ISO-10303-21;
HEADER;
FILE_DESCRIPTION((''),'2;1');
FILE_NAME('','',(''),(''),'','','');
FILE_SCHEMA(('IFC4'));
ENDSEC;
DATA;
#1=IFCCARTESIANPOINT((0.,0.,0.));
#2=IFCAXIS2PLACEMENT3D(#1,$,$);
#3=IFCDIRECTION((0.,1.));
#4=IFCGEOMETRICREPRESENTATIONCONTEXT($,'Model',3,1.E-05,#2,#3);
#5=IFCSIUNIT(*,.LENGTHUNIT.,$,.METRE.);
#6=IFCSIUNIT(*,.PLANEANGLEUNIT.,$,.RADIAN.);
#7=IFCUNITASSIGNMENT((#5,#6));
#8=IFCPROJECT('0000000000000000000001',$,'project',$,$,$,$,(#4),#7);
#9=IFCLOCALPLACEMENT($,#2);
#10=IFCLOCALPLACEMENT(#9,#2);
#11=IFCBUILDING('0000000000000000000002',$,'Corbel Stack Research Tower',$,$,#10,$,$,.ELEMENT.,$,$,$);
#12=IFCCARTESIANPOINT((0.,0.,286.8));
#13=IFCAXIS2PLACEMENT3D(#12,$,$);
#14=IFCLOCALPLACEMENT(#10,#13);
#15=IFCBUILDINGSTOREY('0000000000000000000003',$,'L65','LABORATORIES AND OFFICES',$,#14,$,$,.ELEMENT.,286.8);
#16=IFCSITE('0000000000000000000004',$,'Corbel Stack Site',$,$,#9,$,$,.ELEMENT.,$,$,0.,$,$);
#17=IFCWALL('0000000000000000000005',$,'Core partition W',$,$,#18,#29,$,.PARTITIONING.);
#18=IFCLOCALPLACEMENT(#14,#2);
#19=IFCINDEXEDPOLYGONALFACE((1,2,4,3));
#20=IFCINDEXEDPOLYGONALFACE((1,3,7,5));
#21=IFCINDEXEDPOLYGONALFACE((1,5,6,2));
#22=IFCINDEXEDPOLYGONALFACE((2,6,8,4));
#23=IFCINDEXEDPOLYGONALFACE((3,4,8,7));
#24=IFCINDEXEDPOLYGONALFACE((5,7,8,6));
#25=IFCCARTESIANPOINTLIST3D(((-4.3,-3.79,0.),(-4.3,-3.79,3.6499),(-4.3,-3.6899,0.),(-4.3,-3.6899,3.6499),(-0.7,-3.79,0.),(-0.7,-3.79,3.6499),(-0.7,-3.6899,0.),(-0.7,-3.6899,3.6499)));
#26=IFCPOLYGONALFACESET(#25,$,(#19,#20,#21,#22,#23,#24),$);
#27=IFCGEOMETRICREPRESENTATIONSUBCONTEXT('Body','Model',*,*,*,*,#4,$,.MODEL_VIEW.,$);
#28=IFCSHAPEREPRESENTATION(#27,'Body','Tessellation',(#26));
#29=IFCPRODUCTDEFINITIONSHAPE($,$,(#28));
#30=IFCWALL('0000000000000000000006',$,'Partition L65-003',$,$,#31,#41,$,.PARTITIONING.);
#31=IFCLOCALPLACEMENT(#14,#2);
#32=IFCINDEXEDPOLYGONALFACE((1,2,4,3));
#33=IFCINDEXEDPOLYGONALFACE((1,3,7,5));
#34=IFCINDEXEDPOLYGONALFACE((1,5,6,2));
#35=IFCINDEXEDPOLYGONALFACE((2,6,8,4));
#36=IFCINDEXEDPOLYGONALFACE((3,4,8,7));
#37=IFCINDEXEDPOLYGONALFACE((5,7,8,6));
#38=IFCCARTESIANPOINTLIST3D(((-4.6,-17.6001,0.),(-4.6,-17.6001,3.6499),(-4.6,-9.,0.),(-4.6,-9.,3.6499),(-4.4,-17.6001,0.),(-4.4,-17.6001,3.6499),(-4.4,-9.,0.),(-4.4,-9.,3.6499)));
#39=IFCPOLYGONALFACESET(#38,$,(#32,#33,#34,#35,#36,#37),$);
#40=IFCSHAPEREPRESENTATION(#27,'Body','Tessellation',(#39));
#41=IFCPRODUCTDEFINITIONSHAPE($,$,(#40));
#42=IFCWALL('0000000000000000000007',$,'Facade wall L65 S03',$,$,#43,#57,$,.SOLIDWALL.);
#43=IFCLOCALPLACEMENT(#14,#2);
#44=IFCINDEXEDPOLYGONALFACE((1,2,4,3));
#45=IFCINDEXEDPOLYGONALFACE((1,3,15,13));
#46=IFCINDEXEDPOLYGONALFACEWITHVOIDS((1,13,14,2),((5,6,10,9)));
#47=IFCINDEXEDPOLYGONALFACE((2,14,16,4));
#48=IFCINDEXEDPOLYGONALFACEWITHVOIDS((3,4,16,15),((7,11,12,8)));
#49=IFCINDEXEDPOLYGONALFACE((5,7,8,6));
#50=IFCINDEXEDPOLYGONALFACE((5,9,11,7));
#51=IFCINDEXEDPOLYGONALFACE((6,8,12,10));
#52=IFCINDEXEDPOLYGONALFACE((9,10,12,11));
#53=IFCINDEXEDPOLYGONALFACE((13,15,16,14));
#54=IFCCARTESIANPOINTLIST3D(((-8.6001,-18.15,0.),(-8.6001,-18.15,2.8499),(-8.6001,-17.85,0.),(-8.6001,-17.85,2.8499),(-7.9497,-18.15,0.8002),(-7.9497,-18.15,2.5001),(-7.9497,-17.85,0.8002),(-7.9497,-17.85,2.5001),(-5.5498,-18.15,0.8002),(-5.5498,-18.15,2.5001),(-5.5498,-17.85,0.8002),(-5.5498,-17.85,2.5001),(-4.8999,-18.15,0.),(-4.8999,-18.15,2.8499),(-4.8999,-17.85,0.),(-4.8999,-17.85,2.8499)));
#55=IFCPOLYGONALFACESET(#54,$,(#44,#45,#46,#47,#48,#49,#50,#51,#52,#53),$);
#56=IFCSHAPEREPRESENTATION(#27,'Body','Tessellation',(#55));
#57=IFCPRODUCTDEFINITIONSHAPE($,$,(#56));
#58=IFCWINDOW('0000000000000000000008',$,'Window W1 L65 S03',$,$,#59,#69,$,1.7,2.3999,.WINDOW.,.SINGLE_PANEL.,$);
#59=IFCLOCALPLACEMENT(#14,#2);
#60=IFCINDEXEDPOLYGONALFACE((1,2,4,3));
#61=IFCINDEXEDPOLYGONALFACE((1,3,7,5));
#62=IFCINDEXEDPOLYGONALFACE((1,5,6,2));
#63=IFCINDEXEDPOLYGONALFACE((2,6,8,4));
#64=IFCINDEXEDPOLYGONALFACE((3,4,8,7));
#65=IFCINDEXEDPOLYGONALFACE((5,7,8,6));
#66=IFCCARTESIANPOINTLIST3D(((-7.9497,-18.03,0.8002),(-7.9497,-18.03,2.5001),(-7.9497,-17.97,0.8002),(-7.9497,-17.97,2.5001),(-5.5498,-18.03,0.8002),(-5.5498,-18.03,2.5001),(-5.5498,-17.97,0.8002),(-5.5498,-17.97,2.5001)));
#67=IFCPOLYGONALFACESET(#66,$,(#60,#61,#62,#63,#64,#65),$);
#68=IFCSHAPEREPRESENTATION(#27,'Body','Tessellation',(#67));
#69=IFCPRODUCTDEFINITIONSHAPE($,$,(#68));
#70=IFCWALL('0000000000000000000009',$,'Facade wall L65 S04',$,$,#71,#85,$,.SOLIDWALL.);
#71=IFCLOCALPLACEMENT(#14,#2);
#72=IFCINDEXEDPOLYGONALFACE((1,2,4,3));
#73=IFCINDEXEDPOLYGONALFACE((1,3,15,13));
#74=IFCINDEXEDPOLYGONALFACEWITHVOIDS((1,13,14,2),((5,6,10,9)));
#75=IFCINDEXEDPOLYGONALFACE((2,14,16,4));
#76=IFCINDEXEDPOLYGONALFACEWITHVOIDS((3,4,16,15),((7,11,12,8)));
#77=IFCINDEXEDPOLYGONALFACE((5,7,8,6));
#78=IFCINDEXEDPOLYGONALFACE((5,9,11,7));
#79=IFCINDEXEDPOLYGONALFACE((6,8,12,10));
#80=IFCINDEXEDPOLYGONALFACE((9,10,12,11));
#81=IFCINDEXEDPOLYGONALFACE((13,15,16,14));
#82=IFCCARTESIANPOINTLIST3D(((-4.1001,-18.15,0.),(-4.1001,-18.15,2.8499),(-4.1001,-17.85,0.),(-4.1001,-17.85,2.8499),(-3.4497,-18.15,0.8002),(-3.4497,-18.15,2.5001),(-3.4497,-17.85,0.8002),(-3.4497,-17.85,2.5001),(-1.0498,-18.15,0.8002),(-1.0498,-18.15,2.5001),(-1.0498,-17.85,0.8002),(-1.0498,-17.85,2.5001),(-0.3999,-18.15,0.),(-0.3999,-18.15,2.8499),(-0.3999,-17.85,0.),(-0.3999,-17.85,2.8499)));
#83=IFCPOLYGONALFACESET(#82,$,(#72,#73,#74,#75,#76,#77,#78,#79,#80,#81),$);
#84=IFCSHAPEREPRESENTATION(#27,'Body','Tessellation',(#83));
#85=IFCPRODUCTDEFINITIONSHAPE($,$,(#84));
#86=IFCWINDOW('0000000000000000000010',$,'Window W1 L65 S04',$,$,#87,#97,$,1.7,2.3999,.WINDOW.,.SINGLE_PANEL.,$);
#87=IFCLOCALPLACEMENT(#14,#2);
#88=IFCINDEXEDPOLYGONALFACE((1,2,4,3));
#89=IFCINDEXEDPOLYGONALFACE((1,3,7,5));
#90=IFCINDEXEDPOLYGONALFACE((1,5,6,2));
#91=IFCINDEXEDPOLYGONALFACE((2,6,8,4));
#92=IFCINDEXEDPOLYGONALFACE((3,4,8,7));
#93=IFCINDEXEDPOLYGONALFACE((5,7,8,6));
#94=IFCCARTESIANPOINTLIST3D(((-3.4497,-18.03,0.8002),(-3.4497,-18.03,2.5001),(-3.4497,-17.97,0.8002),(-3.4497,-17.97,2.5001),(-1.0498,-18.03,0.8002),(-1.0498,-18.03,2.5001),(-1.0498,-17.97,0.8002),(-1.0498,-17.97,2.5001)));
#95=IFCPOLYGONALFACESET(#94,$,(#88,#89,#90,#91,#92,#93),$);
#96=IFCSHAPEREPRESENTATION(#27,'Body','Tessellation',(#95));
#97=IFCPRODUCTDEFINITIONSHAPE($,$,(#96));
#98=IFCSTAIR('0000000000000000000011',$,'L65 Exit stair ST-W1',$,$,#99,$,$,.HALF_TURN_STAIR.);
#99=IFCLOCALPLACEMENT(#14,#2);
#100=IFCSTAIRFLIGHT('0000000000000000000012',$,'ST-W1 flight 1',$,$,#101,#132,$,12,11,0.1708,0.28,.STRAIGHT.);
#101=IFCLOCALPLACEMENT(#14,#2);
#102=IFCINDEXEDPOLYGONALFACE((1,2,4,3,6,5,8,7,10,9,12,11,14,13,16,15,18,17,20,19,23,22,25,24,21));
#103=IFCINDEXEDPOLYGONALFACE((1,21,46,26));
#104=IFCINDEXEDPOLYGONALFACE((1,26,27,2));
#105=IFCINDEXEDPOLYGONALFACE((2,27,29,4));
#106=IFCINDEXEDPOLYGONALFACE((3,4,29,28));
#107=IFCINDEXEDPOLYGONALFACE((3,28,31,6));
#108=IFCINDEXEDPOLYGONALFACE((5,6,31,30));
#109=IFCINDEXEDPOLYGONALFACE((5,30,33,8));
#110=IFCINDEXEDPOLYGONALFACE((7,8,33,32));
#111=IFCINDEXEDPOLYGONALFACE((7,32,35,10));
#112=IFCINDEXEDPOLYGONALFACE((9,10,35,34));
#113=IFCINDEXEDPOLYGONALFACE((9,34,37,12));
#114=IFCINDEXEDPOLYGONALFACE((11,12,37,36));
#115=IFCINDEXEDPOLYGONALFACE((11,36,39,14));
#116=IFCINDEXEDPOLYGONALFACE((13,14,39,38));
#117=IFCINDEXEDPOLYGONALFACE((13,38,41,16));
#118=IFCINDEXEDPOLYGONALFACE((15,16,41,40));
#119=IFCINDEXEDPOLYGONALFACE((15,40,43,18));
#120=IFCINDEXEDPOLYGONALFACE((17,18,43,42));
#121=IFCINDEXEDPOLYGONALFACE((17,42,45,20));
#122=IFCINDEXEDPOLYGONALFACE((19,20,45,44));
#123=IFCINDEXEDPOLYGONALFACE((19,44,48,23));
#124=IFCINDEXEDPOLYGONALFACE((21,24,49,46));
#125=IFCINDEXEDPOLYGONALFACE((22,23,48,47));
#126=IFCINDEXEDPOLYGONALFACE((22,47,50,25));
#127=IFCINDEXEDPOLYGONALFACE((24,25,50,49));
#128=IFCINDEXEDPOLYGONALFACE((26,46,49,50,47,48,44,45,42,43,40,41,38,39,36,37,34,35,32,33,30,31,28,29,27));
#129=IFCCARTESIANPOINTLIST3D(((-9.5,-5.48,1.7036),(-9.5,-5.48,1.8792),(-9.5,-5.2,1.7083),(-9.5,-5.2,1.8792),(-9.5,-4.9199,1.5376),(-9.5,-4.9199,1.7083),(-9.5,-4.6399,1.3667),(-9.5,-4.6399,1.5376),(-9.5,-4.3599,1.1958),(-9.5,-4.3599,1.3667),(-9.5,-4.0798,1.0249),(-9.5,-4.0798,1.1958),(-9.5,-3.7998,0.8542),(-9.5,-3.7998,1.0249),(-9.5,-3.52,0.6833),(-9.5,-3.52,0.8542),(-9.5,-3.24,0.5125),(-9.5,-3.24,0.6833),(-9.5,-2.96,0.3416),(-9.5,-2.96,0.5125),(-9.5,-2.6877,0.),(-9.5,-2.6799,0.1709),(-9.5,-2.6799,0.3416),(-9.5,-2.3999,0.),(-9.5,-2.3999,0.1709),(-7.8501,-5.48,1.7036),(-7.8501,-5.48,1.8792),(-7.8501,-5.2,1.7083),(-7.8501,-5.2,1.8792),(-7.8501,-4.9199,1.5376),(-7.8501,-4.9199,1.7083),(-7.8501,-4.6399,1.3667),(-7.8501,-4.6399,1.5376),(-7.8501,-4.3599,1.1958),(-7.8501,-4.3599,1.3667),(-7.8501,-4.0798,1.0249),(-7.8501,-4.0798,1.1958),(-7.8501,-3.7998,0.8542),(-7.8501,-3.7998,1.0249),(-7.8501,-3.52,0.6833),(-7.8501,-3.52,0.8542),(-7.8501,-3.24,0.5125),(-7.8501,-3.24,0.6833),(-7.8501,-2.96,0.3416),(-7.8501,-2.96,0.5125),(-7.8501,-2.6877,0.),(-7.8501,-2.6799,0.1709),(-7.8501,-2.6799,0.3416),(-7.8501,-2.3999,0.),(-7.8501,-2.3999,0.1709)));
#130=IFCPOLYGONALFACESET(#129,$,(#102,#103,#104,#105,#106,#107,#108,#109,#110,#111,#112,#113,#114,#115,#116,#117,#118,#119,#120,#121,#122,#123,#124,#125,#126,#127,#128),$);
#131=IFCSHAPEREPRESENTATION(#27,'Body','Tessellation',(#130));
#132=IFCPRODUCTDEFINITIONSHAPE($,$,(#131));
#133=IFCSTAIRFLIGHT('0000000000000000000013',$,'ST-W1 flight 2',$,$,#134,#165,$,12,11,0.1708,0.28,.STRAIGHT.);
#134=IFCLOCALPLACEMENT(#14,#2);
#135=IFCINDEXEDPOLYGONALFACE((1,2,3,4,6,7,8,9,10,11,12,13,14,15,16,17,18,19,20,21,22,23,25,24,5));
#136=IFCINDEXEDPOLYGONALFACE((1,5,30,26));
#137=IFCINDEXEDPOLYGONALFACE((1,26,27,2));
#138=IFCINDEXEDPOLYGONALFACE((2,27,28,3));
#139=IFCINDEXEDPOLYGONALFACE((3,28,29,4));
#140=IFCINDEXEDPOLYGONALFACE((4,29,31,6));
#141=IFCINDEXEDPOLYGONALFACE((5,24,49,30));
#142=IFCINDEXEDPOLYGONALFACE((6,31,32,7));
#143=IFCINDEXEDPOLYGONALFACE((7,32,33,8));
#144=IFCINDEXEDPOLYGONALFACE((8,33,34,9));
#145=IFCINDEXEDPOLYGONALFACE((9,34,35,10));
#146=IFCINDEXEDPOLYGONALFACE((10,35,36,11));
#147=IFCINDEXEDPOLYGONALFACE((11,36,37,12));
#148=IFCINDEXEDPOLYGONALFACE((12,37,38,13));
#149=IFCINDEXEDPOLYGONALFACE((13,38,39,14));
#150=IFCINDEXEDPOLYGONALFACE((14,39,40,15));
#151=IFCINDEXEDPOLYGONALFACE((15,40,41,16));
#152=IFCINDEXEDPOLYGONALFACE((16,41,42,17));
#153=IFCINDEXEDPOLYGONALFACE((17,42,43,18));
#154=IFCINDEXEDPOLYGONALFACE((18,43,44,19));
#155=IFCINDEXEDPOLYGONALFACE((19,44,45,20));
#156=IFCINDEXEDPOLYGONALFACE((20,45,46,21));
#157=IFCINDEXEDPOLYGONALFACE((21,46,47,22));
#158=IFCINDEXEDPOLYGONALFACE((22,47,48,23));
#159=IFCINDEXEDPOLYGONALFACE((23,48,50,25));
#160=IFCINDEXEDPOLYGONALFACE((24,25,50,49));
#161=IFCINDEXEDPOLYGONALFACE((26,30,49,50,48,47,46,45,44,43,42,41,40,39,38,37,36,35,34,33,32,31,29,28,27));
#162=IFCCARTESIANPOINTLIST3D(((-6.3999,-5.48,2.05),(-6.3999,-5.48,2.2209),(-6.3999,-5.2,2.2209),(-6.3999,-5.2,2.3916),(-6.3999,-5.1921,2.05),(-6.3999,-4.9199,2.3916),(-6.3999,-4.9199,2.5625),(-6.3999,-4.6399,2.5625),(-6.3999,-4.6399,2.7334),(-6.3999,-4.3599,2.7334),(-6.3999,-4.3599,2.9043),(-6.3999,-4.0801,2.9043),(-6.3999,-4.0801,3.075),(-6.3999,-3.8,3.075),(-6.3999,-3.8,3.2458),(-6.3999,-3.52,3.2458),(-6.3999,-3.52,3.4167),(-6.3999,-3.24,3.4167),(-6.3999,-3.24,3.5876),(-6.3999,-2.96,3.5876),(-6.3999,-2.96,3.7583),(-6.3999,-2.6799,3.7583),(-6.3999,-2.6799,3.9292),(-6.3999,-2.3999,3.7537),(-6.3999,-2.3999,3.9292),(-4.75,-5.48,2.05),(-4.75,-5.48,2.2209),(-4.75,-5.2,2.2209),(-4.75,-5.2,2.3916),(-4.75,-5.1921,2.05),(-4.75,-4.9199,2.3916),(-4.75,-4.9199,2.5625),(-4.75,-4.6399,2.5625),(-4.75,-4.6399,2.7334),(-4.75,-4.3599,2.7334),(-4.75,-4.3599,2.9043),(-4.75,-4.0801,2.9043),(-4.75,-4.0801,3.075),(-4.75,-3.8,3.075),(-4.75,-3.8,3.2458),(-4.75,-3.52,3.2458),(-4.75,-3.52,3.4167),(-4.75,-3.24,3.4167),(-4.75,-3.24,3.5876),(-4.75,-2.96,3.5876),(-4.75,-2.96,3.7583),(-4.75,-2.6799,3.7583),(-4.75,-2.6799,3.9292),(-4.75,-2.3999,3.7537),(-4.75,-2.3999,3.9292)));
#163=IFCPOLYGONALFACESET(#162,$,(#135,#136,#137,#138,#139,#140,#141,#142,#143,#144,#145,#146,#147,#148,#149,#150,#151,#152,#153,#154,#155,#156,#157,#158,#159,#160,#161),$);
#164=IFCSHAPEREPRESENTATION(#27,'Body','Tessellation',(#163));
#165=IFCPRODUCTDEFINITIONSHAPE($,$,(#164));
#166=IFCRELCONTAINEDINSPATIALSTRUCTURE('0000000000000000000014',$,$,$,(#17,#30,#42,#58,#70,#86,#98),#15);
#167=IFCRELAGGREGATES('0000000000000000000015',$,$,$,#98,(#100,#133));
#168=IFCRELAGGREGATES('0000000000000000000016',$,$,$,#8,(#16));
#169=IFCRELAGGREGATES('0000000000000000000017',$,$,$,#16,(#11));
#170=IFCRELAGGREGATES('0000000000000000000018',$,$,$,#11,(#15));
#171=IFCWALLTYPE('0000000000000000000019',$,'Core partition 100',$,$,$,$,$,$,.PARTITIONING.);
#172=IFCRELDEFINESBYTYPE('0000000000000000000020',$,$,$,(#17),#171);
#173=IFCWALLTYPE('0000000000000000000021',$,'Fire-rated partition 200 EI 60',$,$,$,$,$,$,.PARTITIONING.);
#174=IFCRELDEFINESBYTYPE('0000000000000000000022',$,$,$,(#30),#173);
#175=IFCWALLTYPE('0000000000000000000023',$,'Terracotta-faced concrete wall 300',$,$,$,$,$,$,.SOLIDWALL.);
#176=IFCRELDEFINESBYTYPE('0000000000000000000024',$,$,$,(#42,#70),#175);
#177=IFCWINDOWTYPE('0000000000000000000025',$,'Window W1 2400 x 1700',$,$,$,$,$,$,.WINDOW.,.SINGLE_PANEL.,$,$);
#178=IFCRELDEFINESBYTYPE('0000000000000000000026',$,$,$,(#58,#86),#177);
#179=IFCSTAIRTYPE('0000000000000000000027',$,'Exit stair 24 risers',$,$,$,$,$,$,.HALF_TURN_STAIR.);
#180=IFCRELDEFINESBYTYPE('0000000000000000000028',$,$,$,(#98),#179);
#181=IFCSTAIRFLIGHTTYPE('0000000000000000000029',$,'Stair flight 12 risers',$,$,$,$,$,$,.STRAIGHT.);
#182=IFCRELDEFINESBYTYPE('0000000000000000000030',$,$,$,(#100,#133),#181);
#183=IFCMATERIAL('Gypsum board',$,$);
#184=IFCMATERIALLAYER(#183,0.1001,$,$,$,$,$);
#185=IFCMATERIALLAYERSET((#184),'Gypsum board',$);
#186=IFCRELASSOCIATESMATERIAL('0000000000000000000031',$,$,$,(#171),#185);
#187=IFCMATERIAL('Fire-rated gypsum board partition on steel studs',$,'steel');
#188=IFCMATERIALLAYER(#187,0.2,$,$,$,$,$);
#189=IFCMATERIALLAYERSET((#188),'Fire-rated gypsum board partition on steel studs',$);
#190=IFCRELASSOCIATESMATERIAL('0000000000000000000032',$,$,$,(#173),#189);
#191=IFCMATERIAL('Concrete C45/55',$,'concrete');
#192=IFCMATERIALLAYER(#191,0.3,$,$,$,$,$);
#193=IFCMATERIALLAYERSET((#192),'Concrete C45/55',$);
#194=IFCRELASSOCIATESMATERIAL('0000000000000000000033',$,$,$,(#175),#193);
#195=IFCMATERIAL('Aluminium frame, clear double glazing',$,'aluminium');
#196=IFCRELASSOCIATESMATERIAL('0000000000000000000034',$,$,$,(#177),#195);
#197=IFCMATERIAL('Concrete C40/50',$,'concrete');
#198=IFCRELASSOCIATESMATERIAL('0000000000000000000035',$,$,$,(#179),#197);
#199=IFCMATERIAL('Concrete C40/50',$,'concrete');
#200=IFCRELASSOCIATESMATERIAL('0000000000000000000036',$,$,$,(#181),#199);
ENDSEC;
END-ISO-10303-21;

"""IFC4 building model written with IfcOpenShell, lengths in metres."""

from ifc_helpers import new_model, si_unit, direction, frame, frame_2d, origin, place, context, subcontext, project, spatial, polyline, rectangle, outline, extrude, material, layer, layer_set, type_object, element, fill, aggregate, save


model = new_model("IFC4")

# Units and contexts
model_context = context("Model", 3, precision=1e-05, world=origin(), true_north=direction((0.0, 1.0)))
body_context = subcontext(model_context, "Body", "Model", "MODEL_VIEW")
ifc_project = project(units=[si_unit("LENGTHUNIT", "METRE"), si_unit("PLANEANGLEUNIT", "RADIAN")], contexts=[model_context])

# Site, building, storey
site_placement = place(None, origin())
site = spatial("IfcSite", under=ifc_project, at=site_placement, Name="Corbel Stack Site", CompositionType="ELEMENT", RefElevation=0.0)
building_placement = place(site_placement, origin())
building = spatial("IfcBuilding", under=site, at=building_placement, Name="Corbel Stack Research Tower", CompositionType="ELEMENT")
storey_placement = place(building_placement, frame((0.0, 0.0, 286.8)))
storey = spatial("IfcBuildingStorey", under=building, at=storey_placement, Name="L65", Description="LABORATORIES AND OFFICES", CompositionType="ELEMENT", Elevation=286.8)

# Shared definitions
ifc_material_1 = material(Name="Gypsum board")
ifc_layer_1 = layer(ifc_material_1, 0.1001)
ifc_layer_set_1 = layer_set([ifc_layer_1], Name="Gypsum board")
wall_type_1 = type_object("IfcWallType", Name="Core partition 100", PredefinedType="PARTITIONING", material=ifc_layer_set_1)

# Walls
for number, where, z_axis, x_axis, name in (
    (1, (-4.3, -3.74, 0.0), (0.0, 0.0, 1.0), (1.0, 0.0, 0.0), "Core partition W"),
):
    element("IfcWall", number, at=place(storey_placement, frame(where, z_axis=z_axis, x_axis=x_axis)), inside=storey, type_object=wall_type_1, Name=name, PredefinedType="PARTITIONING", context=body_context, shape_type="SweptSolid", body=[
        extrude(rectangle(XDim=3.6001, YDim=0.1001, at=frame_2d((1.8, 0.0))), origin(), (0.0, 0.0, 1.0), 3.6499),
    ])
ifc_material_2 = material(Name="Fire-rated gypsum board partition on steel studs", Category="steel")
ifc_layer_2 = layer(ifc_material_2, 0.2)
ifc_layer_set_2 = layer_set([ifc_layer_2], Name="Fire-rated gypsum board partition on steel studs")
wall_type_2 = type_object("IfcWallType", Name="Fire-rated partition 200 EI 60", PredefinedType="PARTITIONING", material=ifc_layer_set_2)
wall_1_placement = place(storey_placement, frame((-4.5, -17.6001, 0.0), z_axis=(0.0, 0.0, 1.0), x_axis=(0.0, 1.0, 0.0)))
element("IfcWall", 2, at=wall_1_placement, inside=storey, type_object=wall_type_2, Name="Partition L65-003", PredefinedType="PARTITIONING", context=body_context, shape_type="SweptSolid", body=[
    extrude(rectangle(XDim=8.6001, YDim=0.2, at=frame_2d((4.3, 0.0))), origin(), (0.0, 0.0, 1.0), 3.6499),
])

# Walls, openings, windows
ifc_material_3 = material(Name="Concrete C45/55", Category="concrete")
ifc_layer_3 = layer(ifc_material_3, 0.3)
ifc_layer_set_3 = layer_set([ifc_layer_3], Name="Concrete C45/55")
wall_type_3 = type_object("IfcWallType", Name="Terracotta-faced concrete wall 300", PredefinedType="SOLIDWALL", material=ifc_layer_set_3)
wall_2_placement = place(storey_placement, frame((-4.8999, -18.0, 0.0), z_axis=(0.0, 0.0, 1.0), x_axis=(-1.0, 0.0, 0.0)))
wall_2 = element("IfcWall", 3, at=wall_2_placement, inside=storey, type_object=wall_type_3, Name="Facade wall L65 S03", PredefinedType="SOLIDWALL", context=body_context, shape_type="SweptSolid", body=[
    extrude(rectangle(XDim=3.7002, YDim=0.3, at=frame_2d((1.8501, 0.0))), origin(), (0.0, 0.0, 1.0), 2.8499),
])
opening_1_placement = place(wall_2_placement, frame((0.6499, 0.0, 0.8)))
opening_1 = element("IfcOpeningElement", 4, at=opening_1_placement, cuts=wall_2, PredefinedType="OPENING", context=body_context, shape_type="SweptSolid", body=[
    extrude(rectangle(XDim=2.3999, YDim=1.7, at=frame_2d((1.2, 0.8501))), frame((0.0, 0.1599, 0.0), z_axis=(0.0, -1.0, 0.0), x_axis=(1.0, 0.0, 0.0)), (0.0, 0.0, 1.0), 0.3201),
])
ifc_material_4 = material(Name="Aluminium frame, clear double glazing", Category="aluminium")
window_type = type_object("IfcWindowType", Name="Window W1 2400 x 1700", PartitioningType="SINGLE_PANEL", PredefinedType="WINDOW", material=ifc_material_4)
window_1_placement = place(opening_1_placement, origin())
window_1 = element("IfcWindow", 5, at=window_1_placement, inside=storey, type_object=window_type, Name="Window W1 L65 S03", OverallHeight=1.7, OverallWidth=2.3999, PartitioningType="SINGLE_PANEL", PredefinedType="WINDOW", context=body_context, shape_type="SweptSolid", body=[
    extrude(rectangle(XDim=2.3999, YDim=1.7, at=frame_2d((1.2, 0.8501))), frame((0.0, 0.03, 0.0), z_axis=(0.0, -1.0, 0.0), x_axis=(1.0, 0.0, 0.0)), (0.0, 0.0, 1.0), 0.0601),
])
fill(opening_1, window_1)
wall_3_placement = place(storey_placement, frame((-0.3999, -18.0, 0.0), z_axis=(0.0, 0.0, 1.0), x_axis=(-1.0, 0.0, 0.0)))
wall_3 = element("IfcWall", 6, at=wall_3_placement, inside=storey, type_object=wall_type_3, Name="Facade wall L65 S04", PredefinedType="SOLIDWALL", context=body_context, shape_type="SweptSolid", body=[
    extrude(rectangle(XDim=3.7002, YDim=0.3, at=frame_2d((1.8501, 0.0))), origin(), (0.0, 0.0, 1.0), 2.8499),
])
opening_2_placement = place(wall_3_placement, frame((0.6499, 0.0, 0.8)))
opening_2 = element("IfcOpeningElement", 7, at=opening_2_placement, cuts=wall_3, PredefinedType="OPENING", context=body_context, shape_type="SweptSolid", body=[
    extrude(rectangle(XDim=2.3999, YDim=1.7, at=frame_2d((1.2, 0.8501))), frame((0.0, 0.1599, 0.0), z_axis=(0.0, -1.0, 0.0), x_axis=(1.0, 0.0, 0.0)), (0.0, 0.0, 1.0), 0.3201),
])
window_2_placement = place(opening_2_placement, origin())
window_2 = element("IfcWindow", 8, at=window_2_placement, inside=storey, type_object=window_type, Name="Window W1 L65 S04", OverallHeight=1.7, OverallWidth=2.3999, PartitioningType="SINGLE_PANEL", PredefinedType="WINDOW", context=body_context, shape_type="SweptSolid", body=[
    extrude(rectangle(XDim=2.3999, YDim=1.7, at=frame_2d((1.2, 0.8501))), frame((0.0, 0.03, 0.0), z_axis=(0.0, -1.0, 0.0), x_axis=(1.0, 0.0, 0.0)), (0.0, 0.0, 1.0), 0.0601),
])
fill(opening_2, window_2)

# Stair, stair flights
ifc_material_5 = material(Name="Concrete C40/50", Category="concrete")
stair_type = type_object("IfcStairType", Name="Exit stair 24 risers", PredefinedType="HALF_TURN_STAIR", material=ifc_material_5)
stair_placement = place(storey_placement, origin())
stair = element("IfcStair", 9, at=stair_placement, inside=storey, type_object=stair_type, Name="L65 Exit stair ST-W1", PredefinedType="HALF_TURN_STAIR")
ifc_material_6 = material(Name="Concrete C40/50", Category="concrete")
stair_flight_type = type_object("IfcStairFlightType", Name="Stair flight 12 risers", PredefinedType="STRAIGHT", material=ifc_material_6)
stair_flight_1_placement = place(storey_placement, frame((-8.675, -2.3999, 0.0), z_axis=(0.0, 0.0, 1.0), x_axis=(0.0, -1.0, 0.0)))
stair_flight_1 = element("IfcStairFlight", 10, at=stair_flight_1_placement, type_object=stair_flight_type, Name="ST-W1 flight 1", NumberOfRisers=12, NumberOfTreads=11, PredefinedType="STRAIGHT", RiserHeight=0.1708, TreadLength=0.28, context=body_context, shape_type="SweptSolid", body=[
    extrude(outline(polyline([(0.0, 0.0), (0.0, 0.1709), (0.28, 0.1709), (0.28, 0.3416), (0.5601, 0.3416), (0.5601, 0.5125), (0.8401, 0.5125), (0.8401, 0.6833), (1.1201, 0.6833), (1.1201, 0.8542), (1.3999, 0.8542), (1.3999, 1.0249), (1.6799, 1.0249), (1.6799, 1.1958), (1.96, 1.1958), (1.96, 1.3667), (2.24, 1.3667), (2.24, 1.5376), (2.52, 1.5376), (2.52, 1.7083), (2.8, 1.7083), (2.8, 1.8792), (3.0801, 1.8792), (3.0801, 2.05), (3.0801, 1.7036), (0.2878, 0.0), (0.0, 0.0)])), frame((0.0, 0.825, 0.0), z_axis=(0.0, -1.0, 0.0), x_axis=(1.0, 0.0, 0.0)), (0.0, 0.0, 1.0), 1.6499),
])
stair_flight_2_placement = place(storey_placement, frame((-5.575, -5.48, 2.05), z_axis=(0.0, 0.0, 1.0), x_axis=(0.0, 1.0, 0.0)))
stair_flight_2 = element("IfcStairFlight", 11, at=stair_flight_2_placement, type_object=stair_flight_type, Name="ST-W1 flight 2", NumberOfRisers=12, NumberOfTreads=11, PredefinedType="STRAIGHT", RiserHeight=0.1708, TreadLength=0.28, context=body_context, shape_type="SweptSolid", body=[
    extrude(outline(polyline([(0.0, 0.0), (0.0, 0.1709), (0.28, 0.1709), (0.28, 0.3416), (0.5601, 0.3416), (0.5601, 0.5125), (0.8401, 0.5125), (0.8401, 0.6833), (1.1201, 0.6833), (1.1201, 0.8542), (1.3999, 0.8542), (1.3999, 1.0249), (1.6799, 1.0249), (1.6799, 1.1958), (1.96, 1.1958), (1.96, 1.3667), (2.24, 1.3667), (2.24, 1.5376), (2.52, 1.5376), (2.52, 1.7083), (2.8, 1.7083), (2.8, 1.8792), (3.0801, 1.8792), (3.0801, 2.05), (3.0801, 1.7036), (0.2878, 0.0), (0.0, 0.0)])), frame((0.0, 0.825, 0.0), z_axis=(0.0, -1.0, 0.0), x_axis=(1.0, 0.0, 0.0)), (0.0, 0.0, 1.0), 1.6499),
])
aggregate(stair, [stair_flight_1, stair_flight_2])

save(model, "model.ifc")
